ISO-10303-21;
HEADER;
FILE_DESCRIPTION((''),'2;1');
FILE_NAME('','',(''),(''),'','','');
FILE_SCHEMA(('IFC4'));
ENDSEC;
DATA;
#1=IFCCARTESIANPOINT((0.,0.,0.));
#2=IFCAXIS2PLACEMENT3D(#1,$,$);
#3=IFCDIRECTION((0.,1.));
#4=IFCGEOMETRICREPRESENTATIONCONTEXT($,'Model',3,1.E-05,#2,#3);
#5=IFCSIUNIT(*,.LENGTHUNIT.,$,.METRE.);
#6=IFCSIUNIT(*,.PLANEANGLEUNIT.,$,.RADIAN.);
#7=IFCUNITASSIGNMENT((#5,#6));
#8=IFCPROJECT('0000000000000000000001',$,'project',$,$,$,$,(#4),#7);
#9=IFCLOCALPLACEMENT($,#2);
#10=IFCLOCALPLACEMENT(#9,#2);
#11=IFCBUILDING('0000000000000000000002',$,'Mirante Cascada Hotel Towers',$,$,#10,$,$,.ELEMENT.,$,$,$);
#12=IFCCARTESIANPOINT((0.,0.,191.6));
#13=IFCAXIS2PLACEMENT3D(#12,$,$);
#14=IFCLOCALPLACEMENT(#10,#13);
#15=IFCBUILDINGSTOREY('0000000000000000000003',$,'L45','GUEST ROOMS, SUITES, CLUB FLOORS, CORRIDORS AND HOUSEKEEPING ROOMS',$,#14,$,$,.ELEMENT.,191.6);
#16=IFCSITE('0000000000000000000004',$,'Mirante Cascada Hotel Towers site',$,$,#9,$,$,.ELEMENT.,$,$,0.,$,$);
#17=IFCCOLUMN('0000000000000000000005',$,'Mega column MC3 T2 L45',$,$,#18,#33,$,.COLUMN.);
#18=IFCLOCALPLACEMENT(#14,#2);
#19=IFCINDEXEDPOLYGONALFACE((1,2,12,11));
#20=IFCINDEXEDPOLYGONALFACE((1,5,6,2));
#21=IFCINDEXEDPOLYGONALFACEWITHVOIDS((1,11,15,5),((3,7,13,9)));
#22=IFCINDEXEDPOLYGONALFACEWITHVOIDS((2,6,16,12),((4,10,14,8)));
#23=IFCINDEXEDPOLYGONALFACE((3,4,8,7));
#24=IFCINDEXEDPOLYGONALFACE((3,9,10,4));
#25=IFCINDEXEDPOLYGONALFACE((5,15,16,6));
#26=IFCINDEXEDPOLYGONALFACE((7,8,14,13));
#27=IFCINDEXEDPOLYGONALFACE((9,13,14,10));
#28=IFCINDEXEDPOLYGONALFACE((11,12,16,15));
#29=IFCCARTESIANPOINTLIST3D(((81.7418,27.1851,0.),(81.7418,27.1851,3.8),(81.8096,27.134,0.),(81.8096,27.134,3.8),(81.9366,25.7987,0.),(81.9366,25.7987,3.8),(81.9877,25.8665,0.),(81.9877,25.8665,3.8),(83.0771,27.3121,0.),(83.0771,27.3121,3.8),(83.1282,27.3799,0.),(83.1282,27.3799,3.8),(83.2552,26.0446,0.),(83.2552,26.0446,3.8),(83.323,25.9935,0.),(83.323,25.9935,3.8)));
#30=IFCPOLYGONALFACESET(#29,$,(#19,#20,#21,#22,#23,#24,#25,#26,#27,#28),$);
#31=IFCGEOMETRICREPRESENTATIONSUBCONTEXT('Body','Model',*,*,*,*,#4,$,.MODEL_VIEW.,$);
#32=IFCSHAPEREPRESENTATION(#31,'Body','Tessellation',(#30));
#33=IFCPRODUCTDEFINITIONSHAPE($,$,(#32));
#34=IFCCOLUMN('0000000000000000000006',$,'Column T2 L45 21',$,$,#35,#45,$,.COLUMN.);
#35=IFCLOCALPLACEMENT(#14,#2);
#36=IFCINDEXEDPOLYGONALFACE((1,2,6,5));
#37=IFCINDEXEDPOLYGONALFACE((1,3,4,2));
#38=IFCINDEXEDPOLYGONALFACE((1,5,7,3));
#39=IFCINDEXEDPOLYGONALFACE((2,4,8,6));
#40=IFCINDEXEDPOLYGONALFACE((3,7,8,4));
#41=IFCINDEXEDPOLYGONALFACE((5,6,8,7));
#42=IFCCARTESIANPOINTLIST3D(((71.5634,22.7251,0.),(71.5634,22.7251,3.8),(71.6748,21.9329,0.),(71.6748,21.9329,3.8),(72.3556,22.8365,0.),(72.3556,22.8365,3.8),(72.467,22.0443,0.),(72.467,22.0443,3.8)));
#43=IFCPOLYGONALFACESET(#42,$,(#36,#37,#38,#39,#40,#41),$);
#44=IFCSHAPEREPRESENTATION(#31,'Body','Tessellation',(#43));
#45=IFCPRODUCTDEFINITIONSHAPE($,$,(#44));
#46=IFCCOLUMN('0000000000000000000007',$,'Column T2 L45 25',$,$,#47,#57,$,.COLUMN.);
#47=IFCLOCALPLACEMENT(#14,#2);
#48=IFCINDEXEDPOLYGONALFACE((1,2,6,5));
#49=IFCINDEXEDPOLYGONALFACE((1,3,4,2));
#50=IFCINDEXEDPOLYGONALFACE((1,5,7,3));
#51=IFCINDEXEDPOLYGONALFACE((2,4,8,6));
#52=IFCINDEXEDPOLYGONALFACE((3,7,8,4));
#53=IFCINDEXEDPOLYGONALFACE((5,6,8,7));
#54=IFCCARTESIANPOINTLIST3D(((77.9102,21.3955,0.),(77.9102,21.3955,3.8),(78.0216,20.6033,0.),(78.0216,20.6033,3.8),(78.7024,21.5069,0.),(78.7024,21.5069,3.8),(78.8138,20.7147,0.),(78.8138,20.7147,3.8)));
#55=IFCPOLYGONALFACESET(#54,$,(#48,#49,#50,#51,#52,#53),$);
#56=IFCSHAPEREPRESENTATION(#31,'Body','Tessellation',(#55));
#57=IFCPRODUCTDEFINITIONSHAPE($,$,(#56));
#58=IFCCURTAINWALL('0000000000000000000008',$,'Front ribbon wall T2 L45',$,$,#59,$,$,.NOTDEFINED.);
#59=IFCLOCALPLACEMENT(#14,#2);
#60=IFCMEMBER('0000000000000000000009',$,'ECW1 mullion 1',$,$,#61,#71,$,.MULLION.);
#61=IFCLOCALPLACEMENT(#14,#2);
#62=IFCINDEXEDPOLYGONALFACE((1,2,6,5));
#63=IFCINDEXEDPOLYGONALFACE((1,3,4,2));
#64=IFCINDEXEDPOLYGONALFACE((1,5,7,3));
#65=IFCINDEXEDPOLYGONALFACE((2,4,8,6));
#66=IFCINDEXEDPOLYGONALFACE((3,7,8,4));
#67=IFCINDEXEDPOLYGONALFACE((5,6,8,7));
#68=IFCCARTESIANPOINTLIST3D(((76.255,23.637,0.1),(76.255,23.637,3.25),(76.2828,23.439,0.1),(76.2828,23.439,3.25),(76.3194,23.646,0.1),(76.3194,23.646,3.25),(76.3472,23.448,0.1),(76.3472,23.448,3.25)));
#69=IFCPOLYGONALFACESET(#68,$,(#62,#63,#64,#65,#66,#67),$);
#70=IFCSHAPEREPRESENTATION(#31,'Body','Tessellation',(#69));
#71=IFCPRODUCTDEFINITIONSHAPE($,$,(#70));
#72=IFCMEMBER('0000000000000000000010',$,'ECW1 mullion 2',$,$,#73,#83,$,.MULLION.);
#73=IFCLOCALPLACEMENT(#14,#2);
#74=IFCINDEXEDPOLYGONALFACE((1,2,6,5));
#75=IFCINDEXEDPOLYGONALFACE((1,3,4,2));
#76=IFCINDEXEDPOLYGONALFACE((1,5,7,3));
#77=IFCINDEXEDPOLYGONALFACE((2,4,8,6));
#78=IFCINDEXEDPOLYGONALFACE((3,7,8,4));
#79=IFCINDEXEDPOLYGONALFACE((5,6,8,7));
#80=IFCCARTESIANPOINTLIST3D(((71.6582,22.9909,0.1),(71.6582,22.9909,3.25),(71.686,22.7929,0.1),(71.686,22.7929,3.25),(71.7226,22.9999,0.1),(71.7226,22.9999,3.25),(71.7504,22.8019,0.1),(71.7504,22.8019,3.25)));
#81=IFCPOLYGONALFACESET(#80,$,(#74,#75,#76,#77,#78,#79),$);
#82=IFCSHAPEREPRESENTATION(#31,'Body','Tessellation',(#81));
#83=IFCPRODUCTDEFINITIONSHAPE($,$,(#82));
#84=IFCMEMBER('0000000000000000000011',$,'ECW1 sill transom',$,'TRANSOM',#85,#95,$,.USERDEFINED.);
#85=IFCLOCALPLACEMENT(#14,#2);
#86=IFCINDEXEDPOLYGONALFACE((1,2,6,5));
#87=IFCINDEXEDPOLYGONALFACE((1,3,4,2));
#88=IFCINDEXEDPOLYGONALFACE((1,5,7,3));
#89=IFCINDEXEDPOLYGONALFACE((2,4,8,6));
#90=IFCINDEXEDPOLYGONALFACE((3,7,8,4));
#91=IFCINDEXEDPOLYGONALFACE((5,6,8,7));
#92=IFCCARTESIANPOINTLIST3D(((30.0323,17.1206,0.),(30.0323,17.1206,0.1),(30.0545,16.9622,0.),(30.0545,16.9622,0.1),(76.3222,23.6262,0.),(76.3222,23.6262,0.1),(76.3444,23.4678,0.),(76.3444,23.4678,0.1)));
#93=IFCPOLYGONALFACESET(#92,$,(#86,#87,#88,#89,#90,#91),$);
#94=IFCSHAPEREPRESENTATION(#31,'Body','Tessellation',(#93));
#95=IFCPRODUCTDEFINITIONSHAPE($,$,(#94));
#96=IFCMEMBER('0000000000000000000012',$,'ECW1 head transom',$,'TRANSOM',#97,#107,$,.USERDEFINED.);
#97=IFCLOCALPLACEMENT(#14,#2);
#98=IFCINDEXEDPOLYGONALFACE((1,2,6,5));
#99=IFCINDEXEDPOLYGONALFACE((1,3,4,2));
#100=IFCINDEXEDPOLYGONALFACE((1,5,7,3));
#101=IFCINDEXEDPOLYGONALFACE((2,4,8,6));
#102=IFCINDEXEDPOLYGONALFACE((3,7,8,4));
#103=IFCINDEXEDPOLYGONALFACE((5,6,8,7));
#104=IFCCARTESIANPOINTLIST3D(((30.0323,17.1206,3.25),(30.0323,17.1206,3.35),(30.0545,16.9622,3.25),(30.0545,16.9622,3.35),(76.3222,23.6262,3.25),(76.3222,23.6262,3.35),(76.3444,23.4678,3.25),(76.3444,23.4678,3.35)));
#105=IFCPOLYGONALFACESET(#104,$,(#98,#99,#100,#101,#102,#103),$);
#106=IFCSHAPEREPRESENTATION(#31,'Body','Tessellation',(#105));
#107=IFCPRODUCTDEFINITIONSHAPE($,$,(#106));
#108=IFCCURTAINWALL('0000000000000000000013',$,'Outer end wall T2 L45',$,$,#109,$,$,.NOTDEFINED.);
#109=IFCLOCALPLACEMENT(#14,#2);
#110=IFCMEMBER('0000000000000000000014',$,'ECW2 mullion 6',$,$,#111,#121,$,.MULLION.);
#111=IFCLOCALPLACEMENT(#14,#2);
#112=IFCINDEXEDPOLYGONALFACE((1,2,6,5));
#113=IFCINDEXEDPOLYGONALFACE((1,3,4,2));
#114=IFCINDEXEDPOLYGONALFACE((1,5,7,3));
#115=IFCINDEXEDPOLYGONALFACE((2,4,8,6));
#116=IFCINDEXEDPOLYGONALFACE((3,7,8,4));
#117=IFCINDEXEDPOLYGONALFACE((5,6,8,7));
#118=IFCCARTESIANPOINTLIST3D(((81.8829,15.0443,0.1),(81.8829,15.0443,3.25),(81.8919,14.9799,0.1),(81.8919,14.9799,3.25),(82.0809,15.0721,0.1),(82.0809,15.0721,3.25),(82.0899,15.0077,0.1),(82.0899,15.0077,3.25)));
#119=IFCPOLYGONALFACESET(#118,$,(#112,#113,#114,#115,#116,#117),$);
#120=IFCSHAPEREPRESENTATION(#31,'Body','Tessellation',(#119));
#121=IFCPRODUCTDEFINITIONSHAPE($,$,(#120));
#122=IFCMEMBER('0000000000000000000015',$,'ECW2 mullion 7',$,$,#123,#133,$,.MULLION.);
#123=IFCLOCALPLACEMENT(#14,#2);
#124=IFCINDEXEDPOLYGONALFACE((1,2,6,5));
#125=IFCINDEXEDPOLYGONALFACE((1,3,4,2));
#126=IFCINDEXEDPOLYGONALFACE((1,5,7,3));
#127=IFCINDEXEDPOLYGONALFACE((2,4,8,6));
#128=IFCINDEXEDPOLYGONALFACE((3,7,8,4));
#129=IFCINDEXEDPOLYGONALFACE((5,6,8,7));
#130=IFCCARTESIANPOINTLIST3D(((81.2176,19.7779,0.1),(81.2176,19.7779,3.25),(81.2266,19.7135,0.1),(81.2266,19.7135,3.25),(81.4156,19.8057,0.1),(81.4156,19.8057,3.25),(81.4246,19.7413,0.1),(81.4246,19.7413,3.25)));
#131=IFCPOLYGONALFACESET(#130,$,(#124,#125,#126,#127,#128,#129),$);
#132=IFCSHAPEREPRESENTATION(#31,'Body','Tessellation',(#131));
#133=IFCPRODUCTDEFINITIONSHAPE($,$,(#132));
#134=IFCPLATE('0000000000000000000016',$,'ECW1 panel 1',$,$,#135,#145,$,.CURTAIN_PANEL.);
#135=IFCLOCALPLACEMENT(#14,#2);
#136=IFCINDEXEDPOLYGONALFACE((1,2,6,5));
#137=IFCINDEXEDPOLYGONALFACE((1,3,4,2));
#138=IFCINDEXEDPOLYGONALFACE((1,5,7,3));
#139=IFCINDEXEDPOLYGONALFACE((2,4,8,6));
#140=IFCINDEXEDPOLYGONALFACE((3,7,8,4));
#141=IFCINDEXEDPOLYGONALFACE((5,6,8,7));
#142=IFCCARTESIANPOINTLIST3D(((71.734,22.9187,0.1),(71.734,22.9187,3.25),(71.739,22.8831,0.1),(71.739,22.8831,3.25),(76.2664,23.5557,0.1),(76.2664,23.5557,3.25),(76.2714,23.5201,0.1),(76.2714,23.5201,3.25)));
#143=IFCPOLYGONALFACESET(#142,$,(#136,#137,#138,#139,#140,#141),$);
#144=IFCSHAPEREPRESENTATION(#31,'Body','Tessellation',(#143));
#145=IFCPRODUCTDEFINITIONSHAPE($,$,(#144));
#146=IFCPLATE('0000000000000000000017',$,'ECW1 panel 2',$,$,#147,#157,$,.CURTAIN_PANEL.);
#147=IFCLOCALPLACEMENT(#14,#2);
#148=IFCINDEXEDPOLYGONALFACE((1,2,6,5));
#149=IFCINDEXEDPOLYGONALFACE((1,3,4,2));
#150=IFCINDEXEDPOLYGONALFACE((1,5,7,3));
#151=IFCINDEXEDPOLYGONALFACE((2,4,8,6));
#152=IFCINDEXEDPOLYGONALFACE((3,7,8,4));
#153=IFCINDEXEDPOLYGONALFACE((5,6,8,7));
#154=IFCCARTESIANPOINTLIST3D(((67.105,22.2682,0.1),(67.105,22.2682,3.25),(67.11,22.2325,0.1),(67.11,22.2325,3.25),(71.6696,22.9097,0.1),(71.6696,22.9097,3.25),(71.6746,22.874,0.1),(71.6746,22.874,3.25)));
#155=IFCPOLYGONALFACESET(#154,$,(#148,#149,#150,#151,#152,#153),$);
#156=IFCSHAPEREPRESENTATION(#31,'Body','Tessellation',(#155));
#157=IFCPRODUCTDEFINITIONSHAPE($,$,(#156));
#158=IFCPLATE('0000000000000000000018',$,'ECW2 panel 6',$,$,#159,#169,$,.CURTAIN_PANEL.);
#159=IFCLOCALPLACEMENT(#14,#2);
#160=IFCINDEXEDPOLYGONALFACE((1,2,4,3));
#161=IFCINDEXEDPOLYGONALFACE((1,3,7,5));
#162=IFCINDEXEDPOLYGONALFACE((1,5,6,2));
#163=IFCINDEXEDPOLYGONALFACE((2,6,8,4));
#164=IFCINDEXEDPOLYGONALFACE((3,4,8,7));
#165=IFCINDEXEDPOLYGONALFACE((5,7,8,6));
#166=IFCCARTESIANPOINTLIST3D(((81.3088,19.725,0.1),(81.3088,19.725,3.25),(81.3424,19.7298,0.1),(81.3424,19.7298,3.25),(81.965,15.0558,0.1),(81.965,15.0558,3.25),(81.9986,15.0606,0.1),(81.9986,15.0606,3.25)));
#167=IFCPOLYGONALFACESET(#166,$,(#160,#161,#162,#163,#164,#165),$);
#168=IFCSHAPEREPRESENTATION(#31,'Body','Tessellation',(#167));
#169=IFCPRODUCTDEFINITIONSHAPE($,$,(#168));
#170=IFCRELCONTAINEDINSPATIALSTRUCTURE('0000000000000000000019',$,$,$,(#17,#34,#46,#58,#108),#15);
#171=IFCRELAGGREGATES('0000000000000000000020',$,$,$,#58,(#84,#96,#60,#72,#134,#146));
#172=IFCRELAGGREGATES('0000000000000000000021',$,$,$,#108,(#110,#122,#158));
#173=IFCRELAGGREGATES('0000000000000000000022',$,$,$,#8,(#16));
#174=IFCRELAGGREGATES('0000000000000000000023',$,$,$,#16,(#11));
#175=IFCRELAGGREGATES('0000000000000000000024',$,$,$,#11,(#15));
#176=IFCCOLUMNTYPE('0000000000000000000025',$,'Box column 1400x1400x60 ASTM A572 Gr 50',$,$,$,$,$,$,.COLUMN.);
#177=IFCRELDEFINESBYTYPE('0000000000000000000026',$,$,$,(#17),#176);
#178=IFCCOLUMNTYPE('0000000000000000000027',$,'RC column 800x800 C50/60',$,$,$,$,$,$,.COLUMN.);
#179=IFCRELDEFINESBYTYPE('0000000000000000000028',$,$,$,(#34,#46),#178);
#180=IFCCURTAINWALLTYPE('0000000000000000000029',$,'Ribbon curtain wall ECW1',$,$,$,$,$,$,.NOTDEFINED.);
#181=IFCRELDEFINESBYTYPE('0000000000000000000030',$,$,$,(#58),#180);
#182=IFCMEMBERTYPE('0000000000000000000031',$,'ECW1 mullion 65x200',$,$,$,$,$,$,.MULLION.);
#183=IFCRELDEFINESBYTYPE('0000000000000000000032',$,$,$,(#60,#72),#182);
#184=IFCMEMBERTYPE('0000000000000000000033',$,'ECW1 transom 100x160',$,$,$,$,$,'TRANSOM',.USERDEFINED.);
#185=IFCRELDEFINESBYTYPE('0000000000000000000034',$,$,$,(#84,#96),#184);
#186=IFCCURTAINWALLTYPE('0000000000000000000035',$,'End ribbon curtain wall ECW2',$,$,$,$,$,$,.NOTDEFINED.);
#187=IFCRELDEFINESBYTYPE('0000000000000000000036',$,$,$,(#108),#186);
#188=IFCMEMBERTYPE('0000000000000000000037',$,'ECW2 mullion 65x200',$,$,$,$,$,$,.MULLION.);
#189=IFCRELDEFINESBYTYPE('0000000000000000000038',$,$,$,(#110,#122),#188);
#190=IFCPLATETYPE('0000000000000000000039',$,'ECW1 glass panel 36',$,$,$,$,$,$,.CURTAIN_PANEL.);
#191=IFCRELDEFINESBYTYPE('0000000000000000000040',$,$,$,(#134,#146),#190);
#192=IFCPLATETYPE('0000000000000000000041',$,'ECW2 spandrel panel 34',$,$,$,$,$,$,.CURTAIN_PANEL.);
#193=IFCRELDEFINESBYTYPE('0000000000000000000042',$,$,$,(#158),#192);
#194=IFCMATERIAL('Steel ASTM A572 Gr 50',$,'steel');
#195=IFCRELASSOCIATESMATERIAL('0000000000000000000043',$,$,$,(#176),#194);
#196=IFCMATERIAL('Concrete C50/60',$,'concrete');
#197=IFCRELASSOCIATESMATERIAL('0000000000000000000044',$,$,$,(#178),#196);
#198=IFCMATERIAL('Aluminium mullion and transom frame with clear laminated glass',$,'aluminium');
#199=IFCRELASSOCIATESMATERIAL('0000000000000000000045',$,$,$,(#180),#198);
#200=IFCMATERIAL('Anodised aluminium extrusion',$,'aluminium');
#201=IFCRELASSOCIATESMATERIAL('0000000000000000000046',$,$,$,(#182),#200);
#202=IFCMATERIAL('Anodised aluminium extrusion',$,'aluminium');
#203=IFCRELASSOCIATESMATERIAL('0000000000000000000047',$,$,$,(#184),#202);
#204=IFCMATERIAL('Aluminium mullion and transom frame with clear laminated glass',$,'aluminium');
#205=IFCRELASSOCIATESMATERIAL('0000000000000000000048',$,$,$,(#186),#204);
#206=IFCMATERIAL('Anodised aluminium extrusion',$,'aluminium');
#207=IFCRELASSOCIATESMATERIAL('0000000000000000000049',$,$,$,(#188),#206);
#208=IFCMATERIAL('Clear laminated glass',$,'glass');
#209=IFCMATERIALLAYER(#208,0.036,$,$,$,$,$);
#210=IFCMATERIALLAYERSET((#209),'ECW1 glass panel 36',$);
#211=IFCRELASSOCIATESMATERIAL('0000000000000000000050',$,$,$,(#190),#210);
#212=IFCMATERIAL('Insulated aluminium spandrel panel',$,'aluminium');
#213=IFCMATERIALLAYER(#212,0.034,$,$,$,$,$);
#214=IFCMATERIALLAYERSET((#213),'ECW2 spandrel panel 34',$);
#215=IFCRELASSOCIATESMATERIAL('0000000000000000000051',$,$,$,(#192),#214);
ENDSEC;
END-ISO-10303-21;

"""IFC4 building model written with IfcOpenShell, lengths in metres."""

from ifc_helpers import new_model, si_unit, direction, frame, origin, origin_2d, place, context, subcontext, project, spatial, rectangle, hollow_rectangle, extrude, material, layer, layer_set, material_profile, profile_set, type_object, element, aggregate, save


model = new_model("IFC4")

# Units and contexts
model_context = context("Model", 3, precision=1e-05, world=origin(), true_north=direction((0.0, 1.0)))
body_context = subcontext(model_context, "Body", "Model", "MODEL_VIEW")
ifc_project = project(units=[si_unit("LENGTHUNIT", "METRE"), si_unit("PLANEANGLEUNIT", "RADIAN")], contexts=[model_context])

# Site, building, storey
site_placement = place(None, origin())
site = spatial("IfcSite", under=ifc_project, at=site_placement, Name="Mirante Cascada Hotel Towers site", CompositionType="ELEMENT", RefElevation=0.0)
building_placement = place(site_placement, origin())
building = spatial("IfcBuilding", under=site, at=building_placement, Name="Mirante Cascada Hotel Towers", CompositionType="ELEMENT")
storey_placement = place(building_placement, frame((0.0, 0.0, 191.6)))
storey = spatial("IfcBuildingStorey", under=building, at=storey_placement, Name="L45", Description="GUEST ROOMS, SUITES, CLUB FLOORS, CORRIDORS AND HOUSEKEEPING ROOMS", CompositionType="ELEMENT", Elevation=191.6)

# Columns
ifc_material_1 = material(Name="Steel ASTM A572 Gr 50", Category="steel")
ifc_material_profile_1 = material_profile(ifc_material_1, hollow_rectangle(XDim=1.4, YDim=1.4, WallThickness=0.06, at=origin_2d()), Name="Box column 1400x1400x60 ASTM A572 Gr 50")
ifc_profile_set_1 = profile_set([ifc_material_profile_1], Name="Steel ASTM A572 Gr 50")
column_type_1 = type_object("IfcColumnType", Name="Box column 1400x1400x60 ASTM A572 Gr 50", PredefinedType="COLUMN", material=ifc_profile_set_1)
column_placement = place(storey_placement, frame((82.5324, 26.5893, 0.0), z_axis=(0.0, 0.0, 1.0), x_axis=(0.990268, 0.139173, 0.0)))
element("IfcColumn", 1, at=column_placement, inside=storey, type_object=column_type_1, Name="Mega column MC3 T2 L45", PredefinedType="COLUMN", context=body_context, shape_type="SweptSolid", body=[
    extrude(hollow_rectangle(XDim=1.4, YDim=1.4, WallThickness=0.06, at=origin_2d()), origin(), (0.0, 0.0, 1.0), 3.8),
])
ifc_material_2 = material(Name="Concrete C50/60", Category="concrete")
ifc_material_profile_2 = material_profile(ifc_material_2, rectangle(XDim=0.8, YDim=0.8, at=origin_2d()), Name="RC column 800x800 C50/60")
ifc_profile_set_2 = profile_set([ifc_material_profile_2], Name="Concrete C50/60")
column_type_2 = type_object("IfcColumnType", Name="RC column 800x800 C50/60", PredefinedType="COLUMN", material=ifc_profile_set_2)
for number, where, z_axis, x_axis, name in (
    (2, (72.0152, 22.3847, 0.0), (0.0, 0.0, 1.0), (0.990268, 0.139173, 0.0), "Column T2 L45 21"),
    (3, (78.362, 21.0551, 0.0), (0.0, 0.0, 1.0), (0.990268, 0.139173, 0.0), "Column T2 L45 25"),
):
    element("IfcColumn", number, at=place(storey_placement, frame(where, z_axis=z_axis, x_axis=x_axis)), inside=storey, type_object=column_type_2, Name=name, PredefinedType="COLUMN", context=body_context, shape_type="SweptSolid", body=[
        extrude(rectangle(XDim=0.8, YDim=0.8, at=origin_2d()), origin(), (0.0, 0.0, 1.0), 3.8),
    ])

# Curtain walls, members
ifc_material_3 = material(Name="Aluminium mullion and transom frame with clear laminated glass", Category="aluminium")
curtain_wall_type_1 = type_object("IfcCurtainWallType", Name="Ribbon curtain wall ECW1", PredefinedType="NOTDEFINED", material=ifc_material_3)
curtain_wall_1_placement = place(storey_placement, origin())
curtain_wall_1 = element("IfcCurtainWall", 4, at=curtain_wall_1_placement, inside=storey, type_object=curtain_wall_type_1, Name="Front ribbon wall T2 L45", PredefinedType="NOTDEFINED")
ifc_material_4 = material(Name="Anodised aluminium extrusion", Category="aluminium")
ifc_material_profile_3 = material_profile(ifc_material_4, rectangle(XDim=0.2, YDim=0.065, at=origin_2d()), Name="ECW1 MULLION 65x200")
ifc_profile_set_3 = profile_set([ifc_material_profile_3], Name="Anodised aluminium extrusion")
member_type_1 = type_object("IfcMemberType", Name="ECW1 mullion 65x200", PredefinedType="MULLION", material=ifc_profile_set_3)
member_1_placement = place(storey_placement, frame((76.3011, 23.5425, 0.1), z_axis=(0.0, 0.0, 1.0), x_axis=(0.139173, -0.990268, 0.0)))
member_1 = element("IfcMember", 5, at=member_1_placement, type_object=member_type_1, Name="ECW1 mullion 1", PredefinedType="MULLION", context=body_context, shape_type="SweptSolid", body=[
    extrude(rectangle(XDim=0.2, YDim=0.065, at=origin_2d()), origin(), (0.0, 0.0, 1.0), 3.15),
])
member_2_placement = place(storey_placement, frame((71.7043, 22.8964, 0.1), z_axis=(0.0, 0.0, 1.0), x_axis=(0.139173, -0.990268, 0.0)))
member_2 = element("IfcMember", 6, at=member_2_placement, type_object=member_type_1, Name="ECW1 mullion 2", PredefinedType="MULLION", context=body_context, shape_type="SweptSolid", body=[
    extrude(rectangle(XDim=0.2, YDim=0.065, at=origin_2d()), origin(), (0.0, 0.0, 1.0), 3.15),
])
ifc_material_5 = material(Name="Anodised aluminium extrusion", Category="aluminium")
ifc_material_profile_4 = material_profile(ifc_material_5, rectangle(XDim=0.16, YDim=0.1, at=origin_2d()), Name="ECW1 TRANSOM 100x160")
ifc_profile_set_4 = profile_set([ifc_material_profile_4], Name="Anodised aluminium extrusion")
member_type_2 = type_object("IfcMemberType", Name="ECW1 transom 100x160", ElementType="TRANSOM", PredefinedType="USERDEFINED", material=ifc_profile_set_4)
member_3_placement = place(storey_placement, frame((76.3333, 23.547, 0.05), z_axis=(-0.990268, -0.139173, 0.0), x_axis=(0.139173, -0.990268, 0.0)))
member_3 = element("IfcMember", 7, at=member_3_placement, type_object=member_type_2, Name="ECW1 sill transom", ObjectType="TRANSOM", PredefinedType="USERDEFINED", context=body_context, shape_type="SweptSolid", body=[
    extrude(rectangle(XDim=0.16, YDim=0.1, at=origin_2d()), origin(), (0.0, 0.0, 1.0), 46.7448),
])
member_4_placement = place(storey_placement, frame((76.3333, 23.547, 3.3), z_axis=(-0.990268, -0.139173, 0.0), x_axis=(0.139173, -0.990268, 0.0)))
member_4 = element("IfcMember", 8, at=member_4_placement, type_object=member_type_2, Name="ECW1 head transom", ObjectType="TRANSOM", PredefinedType="USERDEFINED", context=body_context, shape_type="SweptSolid", body=[
    extrude(rectangle(XDim=0.16, YDim=0.1, at=origin_2d()), origin(), (0.0, 0.0, 1.0), 46.7448),
])
ifc_material_6 = material(Name="Aluminium mullion and transom frame with clear laminated glass", Category="aluminium")
curtain_wall_type_2 = type_object("IfcCurtainWallType", Name="End ribbon curtain wall ECW2", PredefinedType="NOTDEFINED", material=ifc_material_6)
curtain_wall_2_placement = place(storey_placement, origin())
curtain_wall_2 = element("IfcCurtainWall", 9, at=curtain_wall_2_placement, inside=storey, type_object=curtain_wall_type_2, Name="Outer end wall T2 L45", PredefinedType="NOTDEFINED")
ifc_material_7 = material(Name="Anodised aluminium extrusion", Category="aluminium")
ifc_material_profile_5 = material_profile(ifc_material_7, rectangle(XDim=0.2, YDim=0.065, at=origin_2d()), Name="ECW2 MULLION 65x200")
ifc_profile_set_5 = profile_set([ifc_material_profile_5], Name="Anodised aluminium extrusion")
member_type_3 = type_object("IfcMemberType", Name="ECW2 mullion 65x200", PredefinedType="MULLION", material=ifc_profile_set_5)
member_5_placement = place(storey_placement, frame((81.9864, 15.026, 0.1), z_axis=(0.0, 0.0, 1.0), x_axis=(-0.990268, -0.139173, 0.0)))
member_5 = element("IfcMember", 10, at=member_5_placement, type_object=member_type_3, Name="ECW2 mullion 6", PredefinedType="MULLION", context=body_context, shape_type="SweptSolid", body=[
    extrude(rectangle(XDim=0.2, YDim=0.065, at=origin_2d()), origin(), (0.0, 0.0, 1.0), 3.15),
])
member_6_placement = place(storey_placement, frame((81.3211, 19.7596, 0.1), z_axis=(0.0, 0.0, 1.0), x_axis=(-0.990268, -0.139173, 0.0)))
member_6 = element("IfcMember", 11, at=member_6_placement, type_object=member_type_3, Name="ECW2 mullion 7", PredefinedType="MULLION", context=body_context, shape_type="SweptSolid", body=[
    extrude(rectangle(XDim=0.2, YDim=0.065, at=origin_2d()), origin(), (0.0, 0.0, 1.0), 3.15),
])

# Plates
ifc_material_8 = material(Name="Clear laminated glass", Category="glass")
ifc_layer_1 = layer(ifc_material_8, 0.036)
ifc_layer_set_1 = layer_set([ifc_layer_1], Name="ECW1 glass panel 36")
plate_type_1 = type_object("IfcPlateType", Name="ECW1 glass panel 36", PredefinedType="CURTAIN_PANEL", material=ifc_layer_set_1)
plate_1_placement = place(storey_placement, frame((74.0027, 23.2194, 0.1), z_axis=(0.0, 0.0, 1.0), x_axis=(-0.990268, -0.139173, 0.0)))
plate_1 = element("IfcPlate", 12, at=plate_1_placement, type_object=plate_type_1, Name="ECW1 panel 1", PredefinedType="CURTAIN_PANEL", context=body_context, shape_type="SweptSolid", body=[
    extrude(rectangle(XDim=4.577, YDim=0.036, at=origin_2d()), origin(), (0.0, 0.0, 1.0), 3.15),
])
plate_2_placement = place(storey_placement, frame((69.3898, 22.5711, 0.1), z_axis=(0.0, 0.0, 1.0), x_axis=(-0.990268, -0.139173, 0.0)))
plate_2 = element("IfcPlate", 13, at=plate_2_placement, type_object=plate_type_1, Name="ECW1 panel 2", PredefinedType="CURTAIN_PANEL", context=body_context, shape_type="SweptSolid", body=[
    extrude(rectangle(XDim=4.6095, YDim=0.036, at=origin_2d()), origin(), (0.0, 0.0, 1.0), 3.15),
])
aggregate(curtain_wall_1, [member_3, member_4, member_1, member_2, plate_1, plate_2])
ifc_material_9 = material(Name="Insulated aluminium spandrel panel", Category="aluminium")
ifc_layer_2 = layer(ifc_material_9, 0.034)
ifc_layer_set_2 = layer_set([ifc_layer_2], Name="ECW2 spandrel panel 34")
plate_type_2 = type_object("IfcPlateType", Name="ECW2 spandrel panel 34", PredefinedType="CURTAIN_PANEL", material=ifc_layer_set_2)
plate_3_placement = place(storey_placement, frame((81.6537, 17.3928, 0.1), z_axis=(0.0, 0.0, 1.0), x_axis=(-0.139173, 0.990268, 0.0)))
plate_3 = element("IfcPlate", 14, at=plate_3_placement, type_object=plate_type_2, Name="ECW2 panel 6", PredefinedType="CURTAIN_PANEL", context=body_context, shape_type="SweptSolid", body=[
    extrude(rectangle(XDim=4.7151, YDim=0.034, at=origin_2d()), origin(), (0.0, 0.0, 1.0), 3.15),
])
aggregate(curtain_wall_2, [member_5, member_6, plate_3])

save(model, "model.ifc")
